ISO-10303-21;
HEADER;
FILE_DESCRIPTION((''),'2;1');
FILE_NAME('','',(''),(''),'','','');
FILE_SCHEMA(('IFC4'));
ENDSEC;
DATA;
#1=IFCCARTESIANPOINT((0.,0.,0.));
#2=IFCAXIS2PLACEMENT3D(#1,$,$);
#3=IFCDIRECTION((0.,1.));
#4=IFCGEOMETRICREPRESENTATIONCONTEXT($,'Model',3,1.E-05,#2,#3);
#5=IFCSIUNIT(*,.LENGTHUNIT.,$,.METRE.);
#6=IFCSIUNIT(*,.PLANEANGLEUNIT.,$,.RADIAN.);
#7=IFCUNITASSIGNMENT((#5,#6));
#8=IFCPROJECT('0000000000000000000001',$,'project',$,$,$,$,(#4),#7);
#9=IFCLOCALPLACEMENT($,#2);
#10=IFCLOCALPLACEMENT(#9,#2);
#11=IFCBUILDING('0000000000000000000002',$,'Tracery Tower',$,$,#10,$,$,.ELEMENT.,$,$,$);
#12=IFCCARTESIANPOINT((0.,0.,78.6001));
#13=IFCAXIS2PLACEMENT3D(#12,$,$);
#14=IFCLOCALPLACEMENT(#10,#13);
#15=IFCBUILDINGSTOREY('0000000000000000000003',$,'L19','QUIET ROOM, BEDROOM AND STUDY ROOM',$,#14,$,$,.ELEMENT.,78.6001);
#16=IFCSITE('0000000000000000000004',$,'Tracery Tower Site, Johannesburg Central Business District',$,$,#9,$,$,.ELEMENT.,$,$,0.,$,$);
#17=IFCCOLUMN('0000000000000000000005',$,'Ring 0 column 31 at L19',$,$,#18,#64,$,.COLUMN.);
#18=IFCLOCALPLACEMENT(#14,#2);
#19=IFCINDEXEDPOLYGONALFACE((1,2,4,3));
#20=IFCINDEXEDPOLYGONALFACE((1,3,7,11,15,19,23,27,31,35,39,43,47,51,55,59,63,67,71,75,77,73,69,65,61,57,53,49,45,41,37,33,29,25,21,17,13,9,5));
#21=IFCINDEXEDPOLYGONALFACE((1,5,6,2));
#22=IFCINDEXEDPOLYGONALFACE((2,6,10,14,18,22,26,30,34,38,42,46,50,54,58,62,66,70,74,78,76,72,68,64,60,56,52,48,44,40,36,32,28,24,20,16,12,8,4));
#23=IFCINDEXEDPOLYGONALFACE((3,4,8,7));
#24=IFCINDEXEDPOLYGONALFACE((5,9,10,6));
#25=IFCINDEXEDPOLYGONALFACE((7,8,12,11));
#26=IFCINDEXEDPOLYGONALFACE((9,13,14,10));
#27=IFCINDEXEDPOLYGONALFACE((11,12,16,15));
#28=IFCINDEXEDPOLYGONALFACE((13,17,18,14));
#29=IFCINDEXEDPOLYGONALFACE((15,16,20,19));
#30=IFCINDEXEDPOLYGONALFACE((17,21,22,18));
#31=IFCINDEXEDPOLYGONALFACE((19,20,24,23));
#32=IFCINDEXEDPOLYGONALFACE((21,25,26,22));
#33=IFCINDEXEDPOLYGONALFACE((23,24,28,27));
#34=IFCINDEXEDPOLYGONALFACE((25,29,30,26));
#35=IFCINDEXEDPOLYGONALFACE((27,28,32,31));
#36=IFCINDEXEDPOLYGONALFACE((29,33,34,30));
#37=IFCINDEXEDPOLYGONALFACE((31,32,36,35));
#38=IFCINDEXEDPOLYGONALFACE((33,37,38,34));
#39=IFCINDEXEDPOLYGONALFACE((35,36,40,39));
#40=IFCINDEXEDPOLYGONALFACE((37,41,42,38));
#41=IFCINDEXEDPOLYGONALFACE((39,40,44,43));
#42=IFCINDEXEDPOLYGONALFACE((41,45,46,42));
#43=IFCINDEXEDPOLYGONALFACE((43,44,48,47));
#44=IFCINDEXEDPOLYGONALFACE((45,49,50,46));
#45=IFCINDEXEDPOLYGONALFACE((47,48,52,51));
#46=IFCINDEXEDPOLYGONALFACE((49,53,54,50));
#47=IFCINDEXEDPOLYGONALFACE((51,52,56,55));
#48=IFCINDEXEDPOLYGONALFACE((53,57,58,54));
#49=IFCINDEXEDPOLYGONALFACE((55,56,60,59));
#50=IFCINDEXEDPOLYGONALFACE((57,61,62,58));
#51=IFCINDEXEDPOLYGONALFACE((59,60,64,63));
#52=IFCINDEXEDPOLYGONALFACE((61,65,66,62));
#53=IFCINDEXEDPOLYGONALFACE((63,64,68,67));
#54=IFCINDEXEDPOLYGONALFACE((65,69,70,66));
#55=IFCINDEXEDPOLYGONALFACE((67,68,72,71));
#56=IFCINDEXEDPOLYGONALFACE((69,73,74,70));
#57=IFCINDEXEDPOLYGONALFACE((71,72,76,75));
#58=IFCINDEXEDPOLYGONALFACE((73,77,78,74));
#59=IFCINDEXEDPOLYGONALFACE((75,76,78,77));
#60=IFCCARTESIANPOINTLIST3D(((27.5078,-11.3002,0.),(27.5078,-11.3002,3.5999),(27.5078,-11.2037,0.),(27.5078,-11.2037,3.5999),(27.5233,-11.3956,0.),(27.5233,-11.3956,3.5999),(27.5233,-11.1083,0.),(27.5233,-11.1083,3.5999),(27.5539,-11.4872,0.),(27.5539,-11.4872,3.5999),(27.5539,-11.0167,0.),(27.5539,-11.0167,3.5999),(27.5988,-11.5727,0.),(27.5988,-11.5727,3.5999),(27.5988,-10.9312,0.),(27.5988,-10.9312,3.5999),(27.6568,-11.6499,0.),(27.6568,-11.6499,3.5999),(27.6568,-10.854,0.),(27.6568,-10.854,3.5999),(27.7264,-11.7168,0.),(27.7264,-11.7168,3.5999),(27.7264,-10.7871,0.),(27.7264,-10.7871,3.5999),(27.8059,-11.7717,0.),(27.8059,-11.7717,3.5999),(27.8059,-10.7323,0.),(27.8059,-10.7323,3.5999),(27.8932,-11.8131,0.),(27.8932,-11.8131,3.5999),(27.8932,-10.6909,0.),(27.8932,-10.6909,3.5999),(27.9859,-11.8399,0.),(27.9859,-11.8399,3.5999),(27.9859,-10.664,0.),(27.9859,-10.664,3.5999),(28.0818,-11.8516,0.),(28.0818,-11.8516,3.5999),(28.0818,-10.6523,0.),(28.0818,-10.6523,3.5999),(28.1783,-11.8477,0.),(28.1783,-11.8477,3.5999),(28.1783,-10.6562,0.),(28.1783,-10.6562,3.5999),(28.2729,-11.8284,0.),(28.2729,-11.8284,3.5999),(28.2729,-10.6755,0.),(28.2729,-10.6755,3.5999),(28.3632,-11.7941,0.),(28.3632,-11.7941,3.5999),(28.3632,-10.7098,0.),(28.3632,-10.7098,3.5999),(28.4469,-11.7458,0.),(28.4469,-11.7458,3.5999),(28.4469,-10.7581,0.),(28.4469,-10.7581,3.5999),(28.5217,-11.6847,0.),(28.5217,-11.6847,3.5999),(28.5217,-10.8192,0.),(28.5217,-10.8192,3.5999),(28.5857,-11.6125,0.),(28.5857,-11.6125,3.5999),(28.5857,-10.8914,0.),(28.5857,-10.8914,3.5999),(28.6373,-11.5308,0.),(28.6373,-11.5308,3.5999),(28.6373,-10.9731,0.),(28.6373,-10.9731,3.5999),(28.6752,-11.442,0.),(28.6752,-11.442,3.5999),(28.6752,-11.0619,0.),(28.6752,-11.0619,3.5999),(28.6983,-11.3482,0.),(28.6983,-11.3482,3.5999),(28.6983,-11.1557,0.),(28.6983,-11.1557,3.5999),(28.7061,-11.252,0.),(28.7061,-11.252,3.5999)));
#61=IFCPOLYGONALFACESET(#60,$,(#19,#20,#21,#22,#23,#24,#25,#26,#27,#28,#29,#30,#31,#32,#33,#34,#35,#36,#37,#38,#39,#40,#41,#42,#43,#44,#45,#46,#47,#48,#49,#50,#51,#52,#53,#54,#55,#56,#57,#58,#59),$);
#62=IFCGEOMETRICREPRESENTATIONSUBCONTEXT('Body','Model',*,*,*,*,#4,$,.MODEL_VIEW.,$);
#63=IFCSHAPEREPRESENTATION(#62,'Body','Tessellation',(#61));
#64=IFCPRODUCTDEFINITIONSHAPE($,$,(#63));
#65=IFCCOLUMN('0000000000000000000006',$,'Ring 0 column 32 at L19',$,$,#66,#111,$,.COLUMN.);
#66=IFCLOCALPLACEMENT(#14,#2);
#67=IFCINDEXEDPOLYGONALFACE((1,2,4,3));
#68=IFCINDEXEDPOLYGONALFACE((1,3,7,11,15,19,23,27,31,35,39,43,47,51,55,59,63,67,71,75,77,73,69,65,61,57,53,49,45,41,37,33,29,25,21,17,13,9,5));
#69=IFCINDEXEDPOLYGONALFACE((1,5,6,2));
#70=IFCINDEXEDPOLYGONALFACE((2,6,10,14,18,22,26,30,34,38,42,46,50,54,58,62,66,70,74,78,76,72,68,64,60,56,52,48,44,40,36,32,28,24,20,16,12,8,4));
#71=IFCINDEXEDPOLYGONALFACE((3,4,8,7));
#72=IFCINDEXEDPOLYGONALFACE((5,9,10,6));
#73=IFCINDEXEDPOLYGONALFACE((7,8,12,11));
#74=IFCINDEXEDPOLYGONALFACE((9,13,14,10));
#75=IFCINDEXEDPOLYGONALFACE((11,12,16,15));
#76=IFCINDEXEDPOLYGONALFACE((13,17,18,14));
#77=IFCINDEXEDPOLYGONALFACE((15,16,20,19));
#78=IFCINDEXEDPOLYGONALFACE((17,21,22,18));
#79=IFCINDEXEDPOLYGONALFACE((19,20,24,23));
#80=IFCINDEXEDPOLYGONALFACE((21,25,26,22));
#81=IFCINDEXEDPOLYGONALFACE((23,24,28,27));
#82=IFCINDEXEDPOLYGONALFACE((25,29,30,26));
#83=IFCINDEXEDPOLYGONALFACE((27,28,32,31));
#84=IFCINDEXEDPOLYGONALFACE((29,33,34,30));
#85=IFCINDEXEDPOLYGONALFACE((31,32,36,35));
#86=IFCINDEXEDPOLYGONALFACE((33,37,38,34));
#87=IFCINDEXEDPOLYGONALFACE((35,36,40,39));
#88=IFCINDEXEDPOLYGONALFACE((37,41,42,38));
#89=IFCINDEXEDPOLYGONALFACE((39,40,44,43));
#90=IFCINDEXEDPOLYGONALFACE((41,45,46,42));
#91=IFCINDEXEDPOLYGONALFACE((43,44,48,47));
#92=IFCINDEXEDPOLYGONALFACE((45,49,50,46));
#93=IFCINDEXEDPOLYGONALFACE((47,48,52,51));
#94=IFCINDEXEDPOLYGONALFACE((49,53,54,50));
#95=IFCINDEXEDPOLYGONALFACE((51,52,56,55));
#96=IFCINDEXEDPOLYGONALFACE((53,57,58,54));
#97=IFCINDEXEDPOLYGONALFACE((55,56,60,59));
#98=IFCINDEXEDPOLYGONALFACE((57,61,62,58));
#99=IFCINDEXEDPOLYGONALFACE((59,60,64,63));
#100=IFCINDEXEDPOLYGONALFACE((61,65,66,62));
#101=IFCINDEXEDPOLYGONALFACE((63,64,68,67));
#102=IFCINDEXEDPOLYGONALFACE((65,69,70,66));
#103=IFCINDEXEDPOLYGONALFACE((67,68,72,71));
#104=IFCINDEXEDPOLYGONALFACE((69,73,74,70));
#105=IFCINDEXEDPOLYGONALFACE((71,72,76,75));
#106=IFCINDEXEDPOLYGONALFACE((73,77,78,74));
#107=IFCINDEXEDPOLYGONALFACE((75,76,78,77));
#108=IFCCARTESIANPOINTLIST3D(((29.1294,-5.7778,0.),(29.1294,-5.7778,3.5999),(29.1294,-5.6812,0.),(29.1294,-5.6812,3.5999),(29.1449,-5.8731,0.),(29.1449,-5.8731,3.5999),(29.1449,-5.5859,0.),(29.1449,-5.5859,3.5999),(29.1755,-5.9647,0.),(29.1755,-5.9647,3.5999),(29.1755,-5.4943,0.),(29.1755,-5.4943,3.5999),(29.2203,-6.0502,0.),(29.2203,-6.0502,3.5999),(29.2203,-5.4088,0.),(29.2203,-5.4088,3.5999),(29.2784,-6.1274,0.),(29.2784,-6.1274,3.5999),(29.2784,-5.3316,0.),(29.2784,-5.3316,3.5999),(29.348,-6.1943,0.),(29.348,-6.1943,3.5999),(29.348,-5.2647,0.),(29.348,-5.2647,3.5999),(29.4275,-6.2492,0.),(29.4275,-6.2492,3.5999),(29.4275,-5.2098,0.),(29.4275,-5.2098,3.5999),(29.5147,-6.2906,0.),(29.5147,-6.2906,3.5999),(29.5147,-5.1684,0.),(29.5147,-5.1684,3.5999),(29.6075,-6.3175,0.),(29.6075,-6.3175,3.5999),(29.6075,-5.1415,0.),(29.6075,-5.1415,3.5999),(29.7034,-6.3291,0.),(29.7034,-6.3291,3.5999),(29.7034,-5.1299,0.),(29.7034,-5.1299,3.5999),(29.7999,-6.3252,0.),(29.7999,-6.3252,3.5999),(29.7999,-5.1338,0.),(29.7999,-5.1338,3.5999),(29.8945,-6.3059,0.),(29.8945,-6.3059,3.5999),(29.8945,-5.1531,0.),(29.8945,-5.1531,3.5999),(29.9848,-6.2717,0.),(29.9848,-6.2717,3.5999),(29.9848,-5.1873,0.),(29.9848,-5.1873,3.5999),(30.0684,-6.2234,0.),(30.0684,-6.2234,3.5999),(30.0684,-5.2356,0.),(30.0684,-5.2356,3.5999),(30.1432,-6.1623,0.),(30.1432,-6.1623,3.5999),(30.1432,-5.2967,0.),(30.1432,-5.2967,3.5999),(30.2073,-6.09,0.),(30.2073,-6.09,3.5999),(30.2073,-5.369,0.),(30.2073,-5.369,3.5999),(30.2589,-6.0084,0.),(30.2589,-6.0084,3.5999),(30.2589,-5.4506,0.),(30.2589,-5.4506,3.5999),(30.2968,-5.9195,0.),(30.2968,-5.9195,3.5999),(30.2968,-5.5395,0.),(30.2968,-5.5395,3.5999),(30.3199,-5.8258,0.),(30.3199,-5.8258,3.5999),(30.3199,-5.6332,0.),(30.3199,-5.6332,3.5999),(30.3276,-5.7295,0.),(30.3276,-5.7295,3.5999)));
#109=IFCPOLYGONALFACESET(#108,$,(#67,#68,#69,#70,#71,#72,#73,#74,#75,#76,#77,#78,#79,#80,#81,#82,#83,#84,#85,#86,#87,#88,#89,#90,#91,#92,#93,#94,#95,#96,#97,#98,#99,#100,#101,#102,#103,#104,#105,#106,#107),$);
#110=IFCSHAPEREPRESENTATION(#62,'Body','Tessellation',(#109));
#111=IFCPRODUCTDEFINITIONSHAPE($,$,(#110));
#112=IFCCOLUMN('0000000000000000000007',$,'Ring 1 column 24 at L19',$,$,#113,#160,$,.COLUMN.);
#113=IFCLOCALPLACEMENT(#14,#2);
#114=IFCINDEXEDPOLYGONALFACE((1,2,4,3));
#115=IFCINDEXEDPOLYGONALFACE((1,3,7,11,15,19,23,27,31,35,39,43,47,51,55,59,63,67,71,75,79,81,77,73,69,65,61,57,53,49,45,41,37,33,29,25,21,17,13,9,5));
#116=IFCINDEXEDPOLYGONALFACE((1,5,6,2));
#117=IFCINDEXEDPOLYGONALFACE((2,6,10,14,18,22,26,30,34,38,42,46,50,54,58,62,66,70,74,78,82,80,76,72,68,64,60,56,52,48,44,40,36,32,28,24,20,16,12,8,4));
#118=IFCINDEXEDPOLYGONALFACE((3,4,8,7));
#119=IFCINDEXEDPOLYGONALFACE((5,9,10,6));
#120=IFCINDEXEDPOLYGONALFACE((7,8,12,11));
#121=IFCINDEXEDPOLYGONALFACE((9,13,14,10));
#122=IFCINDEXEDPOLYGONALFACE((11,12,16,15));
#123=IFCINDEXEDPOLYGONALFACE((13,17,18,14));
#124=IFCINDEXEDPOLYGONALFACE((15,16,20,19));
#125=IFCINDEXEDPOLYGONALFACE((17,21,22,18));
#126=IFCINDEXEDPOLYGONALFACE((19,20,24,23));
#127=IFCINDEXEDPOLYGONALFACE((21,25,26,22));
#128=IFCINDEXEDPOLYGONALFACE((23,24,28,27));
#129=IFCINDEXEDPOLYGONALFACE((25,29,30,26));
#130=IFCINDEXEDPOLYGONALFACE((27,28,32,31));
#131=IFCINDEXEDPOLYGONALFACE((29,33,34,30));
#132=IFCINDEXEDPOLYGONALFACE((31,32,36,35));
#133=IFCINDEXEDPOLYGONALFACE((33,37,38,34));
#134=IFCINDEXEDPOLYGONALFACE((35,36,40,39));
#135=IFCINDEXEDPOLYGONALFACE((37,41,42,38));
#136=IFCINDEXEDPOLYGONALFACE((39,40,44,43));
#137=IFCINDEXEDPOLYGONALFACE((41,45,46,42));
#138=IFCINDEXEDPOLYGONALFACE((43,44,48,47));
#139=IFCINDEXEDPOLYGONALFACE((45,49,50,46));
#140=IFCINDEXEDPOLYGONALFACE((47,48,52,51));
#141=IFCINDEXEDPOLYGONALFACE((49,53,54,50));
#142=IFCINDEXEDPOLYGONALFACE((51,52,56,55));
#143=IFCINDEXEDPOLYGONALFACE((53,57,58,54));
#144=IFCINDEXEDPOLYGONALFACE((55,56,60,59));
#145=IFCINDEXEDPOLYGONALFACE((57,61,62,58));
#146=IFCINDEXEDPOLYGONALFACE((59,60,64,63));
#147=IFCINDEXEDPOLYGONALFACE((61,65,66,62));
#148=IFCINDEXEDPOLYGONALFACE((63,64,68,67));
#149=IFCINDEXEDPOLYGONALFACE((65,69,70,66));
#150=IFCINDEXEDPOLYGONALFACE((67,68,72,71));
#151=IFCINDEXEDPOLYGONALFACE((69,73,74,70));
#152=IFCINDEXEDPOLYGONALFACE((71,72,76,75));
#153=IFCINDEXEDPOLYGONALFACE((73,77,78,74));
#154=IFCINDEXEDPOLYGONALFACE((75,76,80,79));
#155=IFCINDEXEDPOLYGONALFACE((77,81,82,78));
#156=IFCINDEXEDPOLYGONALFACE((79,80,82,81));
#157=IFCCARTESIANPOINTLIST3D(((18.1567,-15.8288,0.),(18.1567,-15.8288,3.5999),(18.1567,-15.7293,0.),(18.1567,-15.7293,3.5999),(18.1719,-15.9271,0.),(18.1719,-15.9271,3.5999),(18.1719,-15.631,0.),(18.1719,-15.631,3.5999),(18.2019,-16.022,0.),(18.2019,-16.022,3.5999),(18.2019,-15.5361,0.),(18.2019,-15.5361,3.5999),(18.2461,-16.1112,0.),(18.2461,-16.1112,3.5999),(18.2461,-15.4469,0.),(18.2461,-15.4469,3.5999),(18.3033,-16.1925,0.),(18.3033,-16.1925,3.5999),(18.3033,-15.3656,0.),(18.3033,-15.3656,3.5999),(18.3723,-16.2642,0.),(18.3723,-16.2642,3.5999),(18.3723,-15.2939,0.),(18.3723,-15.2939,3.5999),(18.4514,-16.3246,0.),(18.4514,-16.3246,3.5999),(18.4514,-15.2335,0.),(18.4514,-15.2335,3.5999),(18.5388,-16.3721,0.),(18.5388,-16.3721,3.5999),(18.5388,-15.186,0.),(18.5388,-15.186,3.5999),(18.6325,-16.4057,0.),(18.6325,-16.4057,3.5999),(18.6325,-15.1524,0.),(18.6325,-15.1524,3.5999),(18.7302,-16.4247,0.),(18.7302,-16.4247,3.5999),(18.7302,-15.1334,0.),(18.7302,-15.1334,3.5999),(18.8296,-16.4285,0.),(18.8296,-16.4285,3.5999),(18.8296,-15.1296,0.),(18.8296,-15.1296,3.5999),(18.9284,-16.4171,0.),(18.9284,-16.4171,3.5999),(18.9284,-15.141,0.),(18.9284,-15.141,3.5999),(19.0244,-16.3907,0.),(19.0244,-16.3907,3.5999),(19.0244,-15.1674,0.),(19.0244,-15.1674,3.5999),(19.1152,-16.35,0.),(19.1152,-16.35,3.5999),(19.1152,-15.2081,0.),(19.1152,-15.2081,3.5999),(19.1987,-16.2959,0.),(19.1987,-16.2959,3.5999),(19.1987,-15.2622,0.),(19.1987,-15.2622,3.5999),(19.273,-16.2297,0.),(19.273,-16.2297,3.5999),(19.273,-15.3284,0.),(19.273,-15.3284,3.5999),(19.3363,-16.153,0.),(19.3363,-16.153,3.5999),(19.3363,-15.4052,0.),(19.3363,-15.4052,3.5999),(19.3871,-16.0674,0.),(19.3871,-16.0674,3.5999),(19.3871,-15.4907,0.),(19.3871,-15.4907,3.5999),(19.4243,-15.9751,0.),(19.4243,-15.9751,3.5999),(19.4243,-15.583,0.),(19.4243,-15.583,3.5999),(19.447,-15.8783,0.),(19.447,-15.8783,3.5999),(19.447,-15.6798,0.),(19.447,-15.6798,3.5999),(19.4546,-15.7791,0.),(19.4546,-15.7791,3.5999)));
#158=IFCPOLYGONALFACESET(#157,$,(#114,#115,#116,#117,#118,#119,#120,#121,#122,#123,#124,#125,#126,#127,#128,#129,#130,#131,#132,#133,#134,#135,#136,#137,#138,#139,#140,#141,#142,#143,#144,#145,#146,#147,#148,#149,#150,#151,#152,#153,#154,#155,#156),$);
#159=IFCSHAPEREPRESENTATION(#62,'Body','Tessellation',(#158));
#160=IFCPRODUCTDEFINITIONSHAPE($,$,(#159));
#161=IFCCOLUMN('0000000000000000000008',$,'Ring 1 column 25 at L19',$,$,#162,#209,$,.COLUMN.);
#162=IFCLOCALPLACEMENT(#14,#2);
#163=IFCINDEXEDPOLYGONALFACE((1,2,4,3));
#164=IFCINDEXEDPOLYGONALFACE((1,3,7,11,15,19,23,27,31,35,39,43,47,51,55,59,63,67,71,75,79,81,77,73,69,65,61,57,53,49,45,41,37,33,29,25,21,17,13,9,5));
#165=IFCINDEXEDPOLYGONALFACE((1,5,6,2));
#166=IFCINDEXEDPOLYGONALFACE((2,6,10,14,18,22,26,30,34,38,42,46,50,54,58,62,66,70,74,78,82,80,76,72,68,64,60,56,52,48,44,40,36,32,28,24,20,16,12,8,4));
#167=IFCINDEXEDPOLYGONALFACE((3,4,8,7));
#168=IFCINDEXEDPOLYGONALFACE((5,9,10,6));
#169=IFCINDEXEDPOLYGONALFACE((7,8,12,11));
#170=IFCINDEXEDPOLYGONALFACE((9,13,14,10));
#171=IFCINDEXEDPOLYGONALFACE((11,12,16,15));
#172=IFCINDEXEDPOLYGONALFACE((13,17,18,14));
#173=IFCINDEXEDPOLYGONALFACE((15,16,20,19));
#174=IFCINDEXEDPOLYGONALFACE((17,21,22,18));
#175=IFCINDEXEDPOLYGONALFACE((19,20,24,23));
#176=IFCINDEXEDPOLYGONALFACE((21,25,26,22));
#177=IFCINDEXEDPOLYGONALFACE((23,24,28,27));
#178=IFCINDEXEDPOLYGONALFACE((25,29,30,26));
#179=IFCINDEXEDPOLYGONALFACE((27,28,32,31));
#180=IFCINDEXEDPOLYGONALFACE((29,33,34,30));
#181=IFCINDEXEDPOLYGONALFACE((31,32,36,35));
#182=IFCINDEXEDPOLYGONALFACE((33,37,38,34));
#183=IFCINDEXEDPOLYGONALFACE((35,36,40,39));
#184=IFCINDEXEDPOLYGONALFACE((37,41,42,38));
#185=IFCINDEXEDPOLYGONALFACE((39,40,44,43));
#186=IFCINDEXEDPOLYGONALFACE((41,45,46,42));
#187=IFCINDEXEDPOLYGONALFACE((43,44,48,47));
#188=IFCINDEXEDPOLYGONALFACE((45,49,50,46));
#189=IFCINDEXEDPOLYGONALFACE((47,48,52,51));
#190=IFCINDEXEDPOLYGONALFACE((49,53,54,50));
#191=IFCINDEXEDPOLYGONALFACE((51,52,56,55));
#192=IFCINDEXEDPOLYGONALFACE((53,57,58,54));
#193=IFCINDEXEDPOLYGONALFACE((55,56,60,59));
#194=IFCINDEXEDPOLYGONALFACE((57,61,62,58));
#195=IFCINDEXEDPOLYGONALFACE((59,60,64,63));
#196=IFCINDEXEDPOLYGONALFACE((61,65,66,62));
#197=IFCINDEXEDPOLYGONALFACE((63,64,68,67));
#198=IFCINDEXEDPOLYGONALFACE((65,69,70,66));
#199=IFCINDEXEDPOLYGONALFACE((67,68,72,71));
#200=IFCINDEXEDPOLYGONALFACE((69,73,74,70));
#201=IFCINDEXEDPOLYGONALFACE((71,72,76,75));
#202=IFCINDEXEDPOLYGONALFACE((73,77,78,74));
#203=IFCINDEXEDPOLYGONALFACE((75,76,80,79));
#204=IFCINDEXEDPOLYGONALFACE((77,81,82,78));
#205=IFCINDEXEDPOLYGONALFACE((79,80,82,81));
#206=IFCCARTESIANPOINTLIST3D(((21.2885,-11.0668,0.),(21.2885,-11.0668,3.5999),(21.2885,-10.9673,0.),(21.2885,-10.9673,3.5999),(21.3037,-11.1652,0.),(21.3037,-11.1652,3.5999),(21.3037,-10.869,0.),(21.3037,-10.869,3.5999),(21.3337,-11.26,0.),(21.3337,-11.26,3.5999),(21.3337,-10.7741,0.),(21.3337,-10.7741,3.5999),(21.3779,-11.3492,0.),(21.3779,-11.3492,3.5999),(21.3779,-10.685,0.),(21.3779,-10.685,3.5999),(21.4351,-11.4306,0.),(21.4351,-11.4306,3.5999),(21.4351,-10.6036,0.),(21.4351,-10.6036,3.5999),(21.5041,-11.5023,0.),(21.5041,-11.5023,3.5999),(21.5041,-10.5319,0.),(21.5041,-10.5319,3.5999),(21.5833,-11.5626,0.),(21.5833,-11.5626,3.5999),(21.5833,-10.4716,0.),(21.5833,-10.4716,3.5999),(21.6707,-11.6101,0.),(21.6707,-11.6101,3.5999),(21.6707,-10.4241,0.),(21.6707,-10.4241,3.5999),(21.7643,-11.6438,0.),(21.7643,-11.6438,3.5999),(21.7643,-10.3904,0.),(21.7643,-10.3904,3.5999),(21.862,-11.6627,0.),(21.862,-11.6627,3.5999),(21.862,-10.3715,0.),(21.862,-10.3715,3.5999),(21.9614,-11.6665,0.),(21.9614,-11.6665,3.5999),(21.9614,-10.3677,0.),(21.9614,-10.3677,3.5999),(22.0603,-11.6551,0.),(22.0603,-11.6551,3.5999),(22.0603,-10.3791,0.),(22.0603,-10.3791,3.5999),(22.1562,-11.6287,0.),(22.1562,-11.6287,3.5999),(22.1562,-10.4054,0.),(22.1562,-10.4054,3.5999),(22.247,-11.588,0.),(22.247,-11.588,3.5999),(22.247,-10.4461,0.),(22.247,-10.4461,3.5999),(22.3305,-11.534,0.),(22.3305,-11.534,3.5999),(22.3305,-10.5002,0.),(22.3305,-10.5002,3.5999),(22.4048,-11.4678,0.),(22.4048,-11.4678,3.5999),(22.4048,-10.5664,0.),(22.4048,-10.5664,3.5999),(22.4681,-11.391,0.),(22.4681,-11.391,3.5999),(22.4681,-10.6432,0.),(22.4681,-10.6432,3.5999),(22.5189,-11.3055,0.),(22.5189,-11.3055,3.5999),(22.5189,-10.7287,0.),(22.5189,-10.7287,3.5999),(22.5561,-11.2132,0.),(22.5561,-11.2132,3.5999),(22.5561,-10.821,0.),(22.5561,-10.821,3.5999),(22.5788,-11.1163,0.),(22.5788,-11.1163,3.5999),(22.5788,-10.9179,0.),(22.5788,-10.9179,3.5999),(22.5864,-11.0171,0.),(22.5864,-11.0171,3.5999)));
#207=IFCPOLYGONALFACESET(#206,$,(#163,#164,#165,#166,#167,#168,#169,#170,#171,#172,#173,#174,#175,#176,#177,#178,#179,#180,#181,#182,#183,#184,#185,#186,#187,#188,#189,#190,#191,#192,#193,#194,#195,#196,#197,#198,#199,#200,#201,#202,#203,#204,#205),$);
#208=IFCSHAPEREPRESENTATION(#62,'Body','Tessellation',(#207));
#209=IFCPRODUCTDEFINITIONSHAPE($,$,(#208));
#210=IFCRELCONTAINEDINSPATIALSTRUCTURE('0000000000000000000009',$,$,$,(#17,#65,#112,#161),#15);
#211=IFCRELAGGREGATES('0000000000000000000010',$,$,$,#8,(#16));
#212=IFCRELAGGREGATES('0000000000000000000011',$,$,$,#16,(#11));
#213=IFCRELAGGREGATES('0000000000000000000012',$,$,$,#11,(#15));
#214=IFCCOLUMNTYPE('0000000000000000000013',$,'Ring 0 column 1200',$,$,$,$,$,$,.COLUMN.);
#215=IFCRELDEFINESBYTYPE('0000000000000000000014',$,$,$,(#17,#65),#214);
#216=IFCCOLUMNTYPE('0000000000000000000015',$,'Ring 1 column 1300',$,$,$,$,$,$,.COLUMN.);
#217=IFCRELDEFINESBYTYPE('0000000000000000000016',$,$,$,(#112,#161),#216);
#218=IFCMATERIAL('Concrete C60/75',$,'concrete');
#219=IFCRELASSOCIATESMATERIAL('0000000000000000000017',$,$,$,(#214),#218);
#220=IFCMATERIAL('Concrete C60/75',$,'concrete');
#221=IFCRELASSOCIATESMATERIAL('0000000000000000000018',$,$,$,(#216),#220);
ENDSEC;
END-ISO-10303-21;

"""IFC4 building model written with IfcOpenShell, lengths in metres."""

from ifc_helpers import new_model, si_unit, direction, frame, origin, origin_2d, place, context, subcontext, project, spatial, circle, extrude, material, material_profile, profile_set, type_object, element, save


model = new_model("IFC4")

# Units and contexts
model_context = context("Model", 3, precision=1e-05, world=origin(), true_north=direction((0.0, 1.0)))
body_context = subcontext(model_context, "Body", "Model", "MODEL_VIEW")
ifc_project = project(units=[si_unit("LENGTHUNIT", "METRE"), si_unit("PLANEANGLEUNIT", "RADIAN")], contexts=[model_context])

# Site, building, storey
site_placement = place(None, origin())
site = spatial("IfcSite", under=ifc_project, at=site_placement, Name="Tracery Tower Site, Johannesburg Central Business District", CompositionType="ELEMENT", RefElevation=0.0)
building_placement = place(site_placement, origin())
building = spatial("IfcBuilding", under=site, at=building_placement, Name="Tracery Tower", CompositionType="ELEMENT")
storey_placement = place(building_placement, frame((0.0, 0.0, 78.6001)))
storey = spatial("IfcBuildingStorey", under=building, at=storey_placement, Name="L19", Description="QUIET ROOM, BEDROOM AND STUDY ROOM", CompositionType="ELEMENT", Elevation=78.6001)

# Columns
ifc_material_1 = material(Name="Concrete C60/75", Category="concrete")
ifc_material_profile_1 = material_profile(ifc_material_1, circle(Radius=0.6001, at=origin_2d()), Name="RC D1200")
ifc_profile_set_1 = profile_set([ifc_material_profile_1], Name="Concrete C60/75")
column_type_1 = type_object("IfcColumnType", Name="Ring 0 column 1200", PredefinedType="COLUMN", material=ifc_profile_set_1)
for number, where, z_axis, x_axis, name in (
    (1, (28.106, -11.252, 0.0), (0.0, 0.0, 1.0), (1.0, 0.0, 0.0), "Ring 0 column 31 at L19"),
    (2, (29.7275, -5.7295, 0.0), (0.0, 0.0, 1.0), (1.0, 0.0, 0.0), "Ring 0 column 32 at L19"),
):
    element("IfcColumn", number, at=place(storey_placement, frame(where, z_axis=z_axis, x_axis=x_axis)), inside=storey, type_object=column_type_1, Name=name, PredefinedType="COLUMN", context=body_context, shape_type="SweptSolid", body=[
        extrude(circle(Radius=0.6001, at=origin_2d()), origin(), (0.0, 0.0, 1.0), 3.5999),
    ])
ifc_material_2 = material(Name="Concrete C60/75", Category="concrete")
ifc_material_profile_2 = material_profile(ifc_material_2, circle(Radius=0.6499, at=origin_2d()), Name="RC D1300")
ifc_profile_set_2 = profile_set([ifc_material_profile_2], Name="Concrete C60/75")
column_type_2 = type_object("IfcColumnType", Name="Ring 1 column 1300", PredefinedType="COLUMN", material=ifc_profile_set_2)
for number, where, z_axis, x_axis, name in (
    (3, (18.8047, -15.7791, 0.0), (0.0, 0.0, 1.0), (1.0, 0.0, 0.0), "Ring 1 column 24 at L19"),
    (4, (21.9365, -11.0171, 0.0), (0.0, 0.0, 1.0), (1.0, 0.0, 0.0), "Ring 1 column 25 at L19"),
):
    element("IfcColumn", number, at=place(storey_placement, frame(where, z_axis=z_axis, x_axis=x_axis)), inside=storey, type_object=column_type_2, Name=name, PredefinedType="COLUMN", context=body_context, shape_type="SweptSolid", body=[
        extrude(circle(Radius=0.6499, at=origin_2d()), origin(), (0.0, 0.0, 1.0), 3.5999),
    ])

save(model, "model.ifc")
